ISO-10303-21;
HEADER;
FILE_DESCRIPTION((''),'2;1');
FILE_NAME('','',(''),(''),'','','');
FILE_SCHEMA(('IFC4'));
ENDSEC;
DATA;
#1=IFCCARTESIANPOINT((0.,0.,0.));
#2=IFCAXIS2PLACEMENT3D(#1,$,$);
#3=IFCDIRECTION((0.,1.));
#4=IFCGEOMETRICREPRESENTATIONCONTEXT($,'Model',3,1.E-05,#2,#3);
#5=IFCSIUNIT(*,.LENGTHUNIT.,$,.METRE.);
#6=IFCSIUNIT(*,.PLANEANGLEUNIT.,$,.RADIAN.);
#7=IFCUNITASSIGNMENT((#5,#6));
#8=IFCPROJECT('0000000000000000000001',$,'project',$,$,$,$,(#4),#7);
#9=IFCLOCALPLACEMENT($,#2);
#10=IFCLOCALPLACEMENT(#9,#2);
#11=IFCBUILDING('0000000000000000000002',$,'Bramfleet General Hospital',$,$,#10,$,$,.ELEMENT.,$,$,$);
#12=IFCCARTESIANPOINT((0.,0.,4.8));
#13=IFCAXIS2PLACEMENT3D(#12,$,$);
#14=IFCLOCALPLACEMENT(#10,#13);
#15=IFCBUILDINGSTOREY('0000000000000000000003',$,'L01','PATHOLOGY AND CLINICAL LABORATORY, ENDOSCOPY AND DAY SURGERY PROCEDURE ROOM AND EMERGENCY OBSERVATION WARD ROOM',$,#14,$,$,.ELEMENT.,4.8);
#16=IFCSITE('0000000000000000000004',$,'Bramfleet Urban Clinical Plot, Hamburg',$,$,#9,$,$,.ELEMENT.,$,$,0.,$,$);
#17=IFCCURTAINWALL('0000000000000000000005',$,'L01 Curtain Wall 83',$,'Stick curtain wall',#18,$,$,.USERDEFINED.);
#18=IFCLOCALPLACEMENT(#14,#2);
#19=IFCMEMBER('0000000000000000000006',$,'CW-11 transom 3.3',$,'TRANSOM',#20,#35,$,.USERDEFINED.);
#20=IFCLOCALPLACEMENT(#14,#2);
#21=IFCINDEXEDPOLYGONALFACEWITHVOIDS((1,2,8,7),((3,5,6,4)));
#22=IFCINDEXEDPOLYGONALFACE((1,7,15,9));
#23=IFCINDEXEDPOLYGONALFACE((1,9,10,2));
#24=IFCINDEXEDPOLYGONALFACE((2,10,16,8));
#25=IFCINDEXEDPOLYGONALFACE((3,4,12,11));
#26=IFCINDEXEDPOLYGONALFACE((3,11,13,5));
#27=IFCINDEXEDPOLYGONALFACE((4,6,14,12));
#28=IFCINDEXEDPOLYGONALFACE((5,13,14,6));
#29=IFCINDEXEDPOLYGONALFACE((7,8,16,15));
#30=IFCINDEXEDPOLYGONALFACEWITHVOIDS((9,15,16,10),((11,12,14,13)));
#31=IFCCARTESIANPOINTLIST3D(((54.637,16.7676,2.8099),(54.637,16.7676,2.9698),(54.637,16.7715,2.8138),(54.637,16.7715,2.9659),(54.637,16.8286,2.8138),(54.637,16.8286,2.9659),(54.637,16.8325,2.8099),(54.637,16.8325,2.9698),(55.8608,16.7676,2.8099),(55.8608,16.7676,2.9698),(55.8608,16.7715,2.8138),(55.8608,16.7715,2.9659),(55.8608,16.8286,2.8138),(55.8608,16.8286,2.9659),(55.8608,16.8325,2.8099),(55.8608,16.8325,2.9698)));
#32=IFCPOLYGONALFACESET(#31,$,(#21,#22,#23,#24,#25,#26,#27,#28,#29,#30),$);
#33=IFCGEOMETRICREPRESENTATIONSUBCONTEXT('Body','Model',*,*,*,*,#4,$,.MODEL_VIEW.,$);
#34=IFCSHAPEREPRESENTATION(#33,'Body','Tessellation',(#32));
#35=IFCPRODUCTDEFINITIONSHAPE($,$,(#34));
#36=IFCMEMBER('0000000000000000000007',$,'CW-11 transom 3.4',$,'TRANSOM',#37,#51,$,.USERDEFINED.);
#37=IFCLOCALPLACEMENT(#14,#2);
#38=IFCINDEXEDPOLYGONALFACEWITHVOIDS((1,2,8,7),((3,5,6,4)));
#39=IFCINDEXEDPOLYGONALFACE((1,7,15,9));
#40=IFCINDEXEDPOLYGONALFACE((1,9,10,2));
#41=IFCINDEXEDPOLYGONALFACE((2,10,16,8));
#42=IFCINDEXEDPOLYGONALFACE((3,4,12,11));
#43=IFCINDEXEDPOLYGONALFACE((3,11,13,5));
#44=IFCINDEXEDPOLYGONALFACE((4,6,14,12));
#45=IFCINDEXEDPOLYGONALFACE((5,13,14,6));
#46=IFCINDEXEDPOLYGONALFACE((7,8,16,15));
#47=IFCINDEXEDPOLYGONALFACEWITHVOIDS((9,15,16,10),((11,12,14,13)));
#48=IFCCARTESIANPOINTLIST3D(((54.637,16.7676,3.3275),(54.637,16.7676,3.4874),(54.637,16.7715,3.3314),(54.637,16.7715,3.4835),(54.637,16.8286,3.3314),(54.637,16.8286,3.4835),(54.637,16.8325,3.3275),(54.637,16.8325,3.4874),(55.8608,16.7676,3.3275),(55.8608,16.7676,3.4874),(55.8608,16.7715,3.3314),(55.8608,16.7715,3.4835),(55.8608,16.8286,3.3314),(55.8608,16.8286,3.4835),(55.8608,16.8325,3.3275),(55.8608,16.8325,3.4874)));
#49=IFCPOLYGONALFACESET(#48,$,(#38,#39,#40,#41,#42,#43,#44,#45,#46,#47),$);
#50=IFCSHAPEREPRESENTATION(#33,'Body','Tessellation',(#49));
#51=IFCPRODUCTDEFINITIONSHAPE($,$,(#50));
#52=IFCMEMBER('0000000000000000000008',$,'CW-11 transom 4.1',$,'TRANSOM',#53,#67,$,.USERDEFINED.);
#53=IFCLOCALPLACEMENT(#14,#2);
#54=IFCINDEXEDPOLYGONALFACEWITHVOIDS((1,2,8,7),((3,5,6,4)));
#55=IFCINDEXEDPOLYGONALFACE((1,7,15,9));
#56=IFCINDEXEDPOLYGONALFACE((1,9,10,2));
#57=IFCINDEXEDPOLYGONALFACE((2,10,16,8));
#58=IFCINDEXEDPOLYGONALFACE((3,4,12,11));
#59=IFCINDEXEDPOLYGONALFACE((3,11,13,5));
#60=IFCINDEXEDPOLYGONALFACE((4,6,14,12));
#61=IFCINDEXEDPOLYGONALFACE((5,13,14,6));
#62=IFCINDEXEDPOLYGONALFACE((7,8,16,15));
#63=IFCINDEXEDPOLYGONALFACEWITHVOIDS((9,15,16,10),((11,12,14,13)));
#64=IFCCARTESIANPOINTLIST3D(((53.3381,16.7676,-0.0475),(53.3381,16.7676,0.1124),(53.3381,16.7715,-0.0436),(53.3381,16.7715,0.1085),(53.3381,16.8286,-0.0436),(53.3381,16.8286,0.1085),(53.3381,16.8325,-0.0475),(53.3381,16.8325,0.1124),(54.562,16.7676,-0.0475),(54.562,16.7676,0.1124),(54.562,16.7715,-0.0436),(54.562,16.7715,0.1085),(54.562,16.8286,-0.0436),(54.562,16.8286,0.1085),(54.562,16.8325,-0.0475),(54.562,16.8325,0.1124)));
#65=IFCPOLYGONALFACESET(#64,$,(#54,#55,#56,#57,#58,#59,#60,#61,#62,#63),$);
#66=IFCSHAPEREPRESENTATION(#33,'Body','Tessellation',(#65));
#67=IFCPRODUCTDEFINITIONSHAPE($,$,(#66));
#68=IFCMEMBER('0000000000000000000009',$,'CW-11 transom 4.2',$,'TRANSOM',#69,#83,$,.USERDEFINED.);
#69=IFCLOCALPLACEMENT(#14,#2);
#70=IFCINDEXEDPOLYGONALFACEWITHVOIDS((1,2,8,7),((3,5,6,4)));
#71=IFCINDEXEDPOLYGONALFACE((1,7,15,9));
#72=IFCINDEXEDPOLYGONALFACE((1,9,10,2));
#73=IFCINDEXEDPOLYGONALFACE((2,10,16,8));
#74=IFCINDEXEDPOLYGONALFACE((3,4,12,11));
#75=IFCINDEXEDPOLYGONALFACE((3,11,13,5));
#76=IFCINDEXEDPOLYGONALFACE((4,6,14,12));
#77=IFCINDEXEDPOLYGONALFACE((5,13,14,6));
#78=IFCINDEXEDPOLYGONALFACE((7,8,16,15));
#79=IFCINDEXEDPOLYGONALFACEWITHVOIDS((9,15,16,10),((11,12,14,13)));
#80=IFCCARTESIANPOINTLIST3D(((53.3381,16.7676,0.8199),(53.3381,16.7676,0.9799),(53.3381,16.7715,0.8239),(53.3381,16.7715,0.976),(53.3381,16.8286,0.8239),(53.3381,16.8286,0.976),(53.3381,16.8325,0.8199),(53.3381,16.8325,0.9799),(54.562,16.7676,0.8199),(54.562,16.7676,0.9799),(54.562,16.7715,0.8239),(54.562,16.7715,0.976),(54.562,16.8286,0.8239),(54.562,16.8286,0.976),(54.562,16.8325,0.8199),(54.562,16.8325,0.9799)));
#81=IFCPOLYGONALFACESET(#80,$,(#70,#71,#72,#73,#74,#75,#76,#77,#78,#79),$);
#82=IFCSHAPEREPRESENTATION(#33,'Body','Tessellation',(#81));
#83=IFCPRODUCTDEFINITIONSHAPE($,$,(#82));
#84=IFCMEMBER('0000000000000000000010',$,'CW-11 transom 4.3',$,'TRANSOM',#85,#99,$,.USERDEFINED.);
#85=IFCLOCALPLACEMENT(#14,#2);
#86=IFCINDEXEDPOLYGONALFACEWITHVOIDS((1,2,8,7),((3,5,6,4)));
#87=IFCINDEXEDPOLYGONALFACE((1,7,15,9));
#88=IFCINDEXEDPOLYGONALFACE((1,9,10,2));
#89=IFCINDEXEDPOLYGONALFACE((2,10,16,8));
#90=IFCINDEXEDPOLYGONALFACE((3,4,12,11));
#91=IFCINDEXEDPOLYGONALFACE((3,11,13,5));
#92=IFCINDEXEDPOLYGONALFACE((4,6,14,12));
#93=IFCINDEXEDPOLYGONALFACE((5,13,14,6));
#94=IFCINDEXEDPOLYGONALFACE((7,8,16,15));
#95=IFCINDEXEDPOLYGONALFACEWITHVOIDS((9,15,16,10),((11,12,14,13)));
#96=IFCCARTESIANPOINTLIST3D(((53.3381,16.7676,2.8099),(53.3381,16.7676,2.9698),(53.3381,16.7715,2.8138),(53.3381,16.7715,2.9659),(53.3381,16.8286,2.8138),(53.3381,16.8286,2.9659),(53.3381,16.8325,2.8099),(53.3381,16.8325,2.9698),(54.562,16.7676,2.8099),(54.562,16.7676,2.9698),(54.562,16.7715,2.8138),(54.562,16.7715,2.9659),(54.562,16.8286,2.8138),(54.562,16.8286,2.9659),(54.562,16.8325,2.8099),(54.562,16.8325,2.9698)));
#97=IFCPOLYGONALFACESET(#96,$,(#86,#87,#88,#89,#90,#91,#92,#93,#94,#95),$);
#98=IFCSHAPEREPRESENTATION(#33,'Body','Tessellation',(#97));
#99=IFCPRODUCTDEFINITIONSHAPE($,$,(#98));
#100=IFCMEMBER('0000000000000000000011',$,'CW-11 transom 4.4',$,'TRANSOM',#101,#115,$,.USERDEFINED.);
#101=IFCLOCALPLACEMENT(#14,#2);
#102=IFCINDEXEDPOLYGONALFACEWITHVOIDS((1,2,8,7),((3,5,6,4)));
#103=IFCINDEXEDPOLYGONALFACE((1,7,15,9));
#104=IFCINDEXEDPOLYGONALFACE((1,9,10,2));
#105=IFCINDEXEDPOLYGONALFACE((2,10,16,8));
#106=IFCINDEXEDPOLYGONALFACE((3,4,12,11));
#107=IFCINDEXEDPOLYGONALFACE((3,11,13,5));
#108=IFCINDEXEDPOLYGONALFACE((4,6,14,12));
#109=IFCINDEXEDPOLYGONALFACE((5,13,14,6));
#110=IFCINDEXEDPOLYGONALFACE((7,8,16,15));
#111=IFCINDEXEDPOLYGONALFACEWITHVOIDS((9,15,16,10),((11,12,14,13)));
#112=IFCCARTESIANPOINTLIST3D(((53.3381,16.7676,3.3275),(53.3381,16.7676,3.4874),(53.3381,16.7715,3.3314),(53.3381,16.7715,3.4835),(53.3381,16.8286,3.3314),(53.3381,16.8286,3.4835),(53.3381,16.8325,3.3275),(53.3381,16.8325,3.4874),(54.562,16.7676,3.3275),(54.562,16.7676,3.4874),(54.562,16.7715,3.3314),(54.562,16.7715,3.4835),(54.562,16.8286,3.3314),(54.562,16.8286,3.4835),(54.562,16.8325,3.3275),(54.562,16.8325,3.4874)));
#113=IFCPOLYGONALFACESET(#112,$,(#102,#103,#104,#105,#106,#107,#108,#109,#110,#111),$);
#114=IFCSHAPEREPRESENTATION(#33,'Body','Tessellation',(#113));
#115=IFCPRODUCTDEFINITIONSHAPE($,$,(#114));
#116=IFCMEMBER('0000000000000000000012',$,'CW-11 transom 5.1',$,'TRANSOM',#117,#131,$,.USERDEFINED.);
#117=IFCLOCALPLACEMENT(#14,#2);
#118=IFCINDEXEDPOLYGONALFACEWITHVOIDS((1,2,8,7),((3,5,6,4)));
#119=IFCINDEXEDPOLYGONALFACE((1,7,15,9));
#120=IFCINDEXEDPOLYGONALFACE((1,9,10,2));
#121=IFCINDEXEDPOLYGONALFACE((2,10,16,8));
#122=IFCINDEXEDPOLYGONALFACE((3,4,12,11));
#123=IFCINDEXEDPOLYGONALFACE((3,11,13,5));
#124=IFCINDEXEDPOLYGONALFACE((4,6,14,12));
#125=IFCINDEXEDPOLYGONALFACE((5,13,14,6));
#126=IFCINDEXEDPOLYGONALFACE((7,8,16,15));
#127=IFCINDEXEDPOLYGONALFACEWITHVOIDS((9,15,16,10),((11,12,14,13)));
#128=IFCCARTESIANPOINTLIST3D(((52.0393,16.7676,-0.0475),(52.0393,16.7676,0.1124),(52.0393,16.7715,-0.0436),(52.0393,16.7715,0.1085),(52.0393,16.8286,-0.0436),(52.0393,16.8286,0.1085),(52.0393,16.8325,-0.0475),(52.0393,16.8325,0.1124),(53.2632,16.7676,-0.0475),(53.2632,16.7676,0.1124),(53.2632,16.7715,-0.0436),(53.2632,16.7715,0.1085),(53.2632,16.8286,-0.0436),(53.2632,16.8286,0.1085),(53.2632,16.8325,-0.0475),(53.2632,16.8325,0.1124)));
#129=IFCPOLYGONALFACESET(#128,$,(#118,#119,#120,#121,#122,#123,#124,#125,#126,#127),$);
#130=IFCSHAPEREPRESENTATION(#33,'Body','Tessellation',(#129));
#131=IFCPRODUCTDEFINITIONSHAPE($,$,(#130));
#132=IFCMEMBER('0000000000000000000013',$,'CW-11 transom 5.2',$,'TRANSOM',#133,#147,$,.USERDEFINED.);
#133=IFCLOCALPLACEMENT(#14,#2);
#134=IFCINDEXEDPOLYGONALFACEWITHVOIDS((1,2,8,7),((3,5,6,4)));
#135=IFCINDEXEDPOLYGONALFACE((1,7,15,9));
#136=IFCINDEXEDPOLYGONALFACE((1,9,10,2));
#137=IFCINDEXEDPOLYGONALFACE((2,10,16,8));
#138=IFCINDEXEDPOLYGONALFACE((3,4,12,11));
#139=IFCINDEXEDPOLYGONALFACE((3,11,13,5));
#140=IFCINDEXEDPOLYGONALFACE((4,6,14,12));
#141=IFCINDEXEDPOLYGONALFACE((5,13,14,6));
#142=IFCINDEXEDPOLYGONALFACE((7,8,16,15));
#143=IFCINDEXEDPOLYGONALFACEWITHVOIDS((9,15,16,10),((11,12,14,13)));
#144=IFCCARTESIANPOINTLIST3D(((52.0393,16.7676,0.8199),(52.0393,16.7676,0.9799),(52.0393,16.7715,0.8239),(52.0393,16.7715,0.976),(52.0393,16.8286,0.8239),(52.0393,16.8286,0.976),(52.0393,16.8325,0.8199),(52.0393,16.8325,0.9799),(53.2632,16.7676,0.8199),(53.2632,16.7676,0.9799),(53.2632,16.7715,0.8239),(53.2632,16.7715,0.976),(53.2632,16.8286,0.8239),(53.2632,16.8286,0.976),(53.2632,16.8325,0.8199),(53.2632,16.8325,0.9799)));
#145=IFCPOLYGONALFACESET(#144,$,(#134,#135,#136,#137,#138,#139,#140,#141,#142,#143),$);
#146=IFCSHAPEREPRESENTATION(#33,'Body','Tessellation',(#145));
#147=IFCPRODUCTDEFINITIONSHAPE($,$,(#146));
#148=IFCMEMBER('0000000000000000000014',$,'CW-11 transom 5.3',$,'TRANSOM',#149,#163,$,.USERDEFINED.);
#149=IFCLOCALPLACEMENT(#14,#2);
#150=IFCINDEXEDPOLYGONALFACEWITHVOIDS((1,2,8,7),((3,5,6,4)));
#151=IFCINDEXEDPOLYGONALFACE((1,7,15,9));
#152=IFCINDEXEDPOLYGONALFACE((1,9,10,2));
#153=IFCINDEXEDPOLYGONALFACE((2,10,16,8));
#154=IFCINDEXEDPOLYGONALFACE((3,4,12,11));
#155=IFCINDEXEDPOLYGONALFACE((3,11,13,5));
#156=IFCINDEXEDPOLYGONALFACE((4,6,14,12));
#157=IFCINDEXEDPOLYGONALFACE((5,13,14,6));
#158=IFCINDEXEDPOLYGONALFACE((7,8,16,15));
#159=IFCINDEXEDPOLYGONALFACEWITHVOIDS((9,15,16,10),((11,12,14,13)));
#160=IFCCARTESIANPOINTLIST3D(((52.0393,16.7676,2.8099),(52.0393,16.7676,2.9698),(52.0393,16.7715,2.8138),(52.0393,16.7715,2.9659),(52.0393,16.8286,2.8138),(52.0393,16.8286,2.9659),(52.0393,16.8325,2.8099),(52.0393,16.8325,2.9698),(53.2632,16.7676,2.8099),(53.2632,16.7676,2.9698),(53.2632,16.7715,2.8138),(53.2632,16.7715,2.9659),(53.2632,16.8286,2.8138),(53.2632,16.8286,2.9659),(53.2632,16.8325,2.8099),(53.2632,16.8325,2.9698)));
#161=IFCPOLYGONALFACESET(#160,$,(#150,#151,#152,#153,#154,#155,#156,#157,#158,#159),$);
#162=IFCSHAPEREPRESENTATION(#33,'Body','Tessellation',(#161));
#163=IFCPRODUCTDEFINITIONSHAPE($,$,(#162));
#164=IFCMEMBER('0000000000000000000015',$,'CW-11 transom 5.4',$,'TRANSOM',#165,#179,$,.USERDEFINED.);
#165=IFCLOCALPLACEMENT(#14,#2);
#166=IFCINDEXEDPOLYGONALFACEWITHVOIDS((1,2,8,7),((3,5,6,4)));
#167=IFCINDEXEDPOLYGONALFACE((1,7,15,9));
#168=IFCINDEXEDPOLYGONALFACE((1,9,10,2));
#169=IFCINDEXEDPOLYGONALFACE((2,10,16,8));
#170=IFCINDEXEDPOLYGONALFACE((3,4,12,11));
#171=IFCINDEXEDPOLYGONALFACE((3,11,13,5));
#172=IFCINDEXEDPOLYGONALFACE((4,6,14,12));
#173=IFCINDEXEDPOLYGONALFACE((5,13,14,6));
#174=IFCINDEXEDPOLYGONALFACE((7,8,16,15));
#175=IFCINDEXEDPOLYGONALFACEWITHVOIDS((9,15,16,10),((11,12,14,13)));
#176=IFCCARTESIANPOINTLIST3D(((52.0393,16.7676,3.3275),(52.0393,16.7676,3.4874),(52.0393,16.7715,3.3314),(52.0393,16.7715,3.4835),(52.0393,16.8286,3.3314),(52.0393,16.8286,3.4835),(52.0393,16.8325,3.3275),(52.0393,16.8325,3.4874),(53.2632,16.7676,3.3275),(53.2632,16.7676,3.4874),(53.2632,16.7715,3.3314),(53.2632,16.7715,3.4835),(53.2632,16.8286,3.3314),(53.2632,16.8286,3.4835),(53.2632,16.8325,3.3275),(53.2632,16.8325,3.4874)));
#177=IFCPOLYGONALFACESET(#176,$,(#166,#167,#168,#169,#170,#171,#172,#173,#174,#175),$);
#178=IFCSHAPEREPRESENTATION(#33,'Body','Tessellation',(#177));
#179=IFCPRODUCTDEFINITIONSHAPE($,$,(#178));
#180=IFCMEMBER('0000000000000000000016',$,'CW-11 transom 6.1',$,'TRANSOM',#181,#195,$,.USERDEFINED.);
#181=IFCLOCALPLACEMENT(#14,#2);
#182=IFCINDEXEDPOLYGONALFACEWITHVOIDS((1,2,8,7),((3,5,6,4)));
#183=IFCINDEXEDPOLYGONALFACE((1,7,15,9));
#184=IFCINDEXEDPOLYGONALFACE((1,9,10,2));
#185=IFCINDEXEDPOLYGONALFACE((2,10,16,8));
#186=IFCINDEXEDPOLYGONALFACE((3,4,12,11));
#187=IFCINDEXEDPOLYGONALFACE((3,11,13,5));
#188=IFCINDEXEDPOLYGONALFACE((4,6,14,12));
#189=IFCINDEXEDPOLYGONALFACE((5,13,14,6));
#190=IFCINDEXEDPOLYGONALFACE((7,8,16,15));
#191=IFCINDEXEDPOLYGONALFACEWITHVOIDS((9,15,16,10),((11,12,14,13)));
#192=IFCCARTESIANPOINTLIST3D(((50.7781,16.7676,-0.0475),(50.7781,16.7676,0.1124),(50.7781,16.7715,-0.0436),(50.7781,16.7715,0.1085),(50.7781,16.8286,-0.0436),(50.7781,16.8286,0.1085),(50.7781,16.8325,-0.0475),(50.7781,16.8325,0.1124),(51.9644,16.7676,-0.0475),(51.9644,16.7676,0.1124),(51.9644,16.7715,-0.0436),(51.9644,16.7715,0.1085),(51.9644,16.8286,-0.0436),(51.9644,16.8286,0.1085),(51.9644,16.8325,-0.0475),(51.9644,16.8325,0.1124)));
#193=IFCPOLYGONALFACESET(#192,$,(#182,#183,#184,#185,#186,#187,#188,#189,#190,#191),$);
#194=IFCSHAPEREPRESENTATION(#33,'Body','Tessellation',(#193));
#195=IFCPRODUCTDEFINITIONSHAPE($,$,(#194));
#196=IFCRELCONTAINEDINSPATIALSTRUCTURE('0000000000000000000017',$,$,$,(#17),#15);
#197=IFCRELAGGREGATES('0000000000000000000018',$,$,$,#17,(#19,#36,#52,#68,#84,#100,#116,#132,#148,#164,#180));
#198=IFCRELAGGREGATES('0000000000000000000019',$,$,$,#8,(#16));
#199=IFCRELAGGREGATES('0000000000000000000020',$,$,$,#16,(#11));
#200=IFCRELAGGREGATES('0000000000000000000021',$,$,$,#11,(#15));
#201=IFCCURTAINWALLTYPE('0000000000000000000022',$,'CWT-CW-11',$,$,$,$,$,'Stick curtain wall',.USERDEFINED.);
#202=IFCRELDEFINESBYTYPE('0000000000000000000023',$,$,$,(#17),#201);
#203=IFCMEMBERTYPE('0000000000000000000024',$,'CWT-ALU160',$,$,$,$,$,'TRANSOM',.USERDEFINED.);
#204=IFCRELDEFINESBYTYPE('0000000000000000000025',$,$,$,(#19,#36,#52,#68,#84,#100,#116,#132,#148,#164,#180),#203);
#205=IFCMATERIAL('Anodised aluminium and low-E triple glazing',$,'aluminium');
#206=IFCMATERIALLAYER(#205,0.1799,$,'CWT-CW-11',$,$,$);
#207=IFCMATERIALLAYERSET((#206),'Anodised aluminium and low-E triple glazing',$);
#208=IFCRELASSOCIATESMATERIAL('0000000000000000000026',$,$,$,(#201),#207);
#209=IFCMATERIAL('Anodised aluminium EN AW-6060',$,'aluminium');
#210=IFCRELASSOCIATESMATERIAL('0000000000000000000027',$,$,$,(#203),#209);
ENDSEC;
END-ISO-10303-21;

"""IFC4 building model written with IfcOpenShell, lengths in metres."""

from ifc_helpers import new_model, si_unit, direction, frame, origin, origin_2d, place, context, subcontext, project, spatial, hollow_rectangle, extrude, material, layer, layer_set, material_profile, profile_set, type_object, element, aggregate, save


model = new_model("IFC4")

# Units and contexts
model_context = context("Model", 3, precision=1e-05, world=origin(), true_north=direction((0.0, 1.0)))
body_context = subcontext(model_context, "Body", "Model", "MODEL_VIEW")
ifc_project = project(units=[si_unit("LENGTHUNIT", "METRE"), si_unit("PLANEANGLEUNIT", "RADIAN")], contexts=[model_context])

# Site, building, storey
site_placement = place(None, origin())
site = spatial("IfcSite", under=ifc_project, at=site_placement, Name="Bramfleet Urban Clinical Plot, Hamburg", CompositionType="ELEMENT", RefElevation=0.0)
building_placement = place(site_placement, origin())
building = spatial("IfcBuilding", under=site, at=building_placement, Name="Bramfleet General Hospital", CompositionType="ELEMENT")
storey_placement = place(building_placement, frame((0.0, 0.0, 4.8)))
storey = spatial("IfcBuildingStorey", under=building, at=storey_placement, Name="L01", Description="PATHOLOGY AND CLINICAL LABORATORY, ENDOSCOPY AND DAY SURGERY PROCEDURE ROOM AND EMERGENCY OBSERVATION WARD ROOM", CompositionType="ELEMENT", Elevation=4.8)

# Curtain wall, members
ifc_material_1 = material(Name="Anodised aluminium and low-E triple glazing", Category="aluminium")
ifc_layer_1 = layer(ifc_material_1, 0.1799, Name="CWT-CW-11")
ifc_layer_set_1 = layer_set([ifc_layer_1], Name="Anodised aluminium and low-E triple glazing")
curtain_wall_type = type_object("IfcCurtainWallType", Name="CWT-CW-11", ElementType="Stick curtain wall", PredefinedType="USERDEFINED", material=ifc_layer_set_1)
curtain_wall_placement = place(storey_placement, origin())
curtain_wall = element("IfcCurtainWall", 1, at=curtain_wall_placement, inside=storey, type_object=curtain_wall_type, Name="L01 Curtain Wall 83", ObjectType="Stick curtain wall", PredefinedType="USERDEFINED")
ifc_material_2 = material(Name="Anodised aluminium EN AW-6060", Category="aluminium")
ifc_material_profile_1 = material_profile(ifc_material_2, hollow_rectangle(XDim=0.0649, YDim=0.1599, WallThickness=0.0039, at=origin_2d()), Name="ALU 160x65x4.0")
ifc_profile_set_1 = profile_set([ifc_material_profile_1], Name="Anodised aluminium EN AW-6060")
member_type_1 = type_object("IfcMemberType", Name="CWT-ALU160", ElementType="TRANSOM", PredefinedType="USERDEFINED", material=ifc_profile_set_1)
member_1_placement = place(storey_placement, frame((55.8608, 16.8, 2.8899), z_axis=(-1.0, 0.0, 0.0), x_axis=(0.0, -1.0, 0.0)))
member_1 = element("IfcMember", 2, at=member_1_placement, type_object=member_type_1, Name="CW-11 transom 3.3", ObjectType="TRANSOM", PredefinedType="USERDEFINED", context=body_context, shape_type="SweptSolid", body=[
    extrude(hollow_rectangle(XDim=0.0649, YDim=0.1599, WallThickness=0.0039, at=origin_2d()), origin(), (0.0, 0.0, 1.0), 1.2239),
])
member_2_placement = place(storey_placement, frame((55.8608, 16.8, 3.4075), z_axis=(-1.0, 0.0, 0.0), x_axis=(0.0, -1.0, 0.0)))
member_2 = element("IfcMember", 3, at=member_2_placement, type_object=member_type_1, Name="CW-11 transom 3.4", ObjectType="TRANSOM", PredefinedType="USERDEFINED", context=body_context, shape_type="SweptSolid", body=[
    extrude(hollow_rectangle(XDim=0.0649, YDim=0.1599, WallThickness=0.0039, at=origin_2d()), origin(), (0.0, 0.0, 1.0), 1.2239),
])
member_3_placement = place(storey_placement, frame((54.562, 16.8, 0.0325), z_axis=(-1.0, 0.0, 0.0), x_axis=(0.0, -1.0, 0.0)))
member_3 = element("IfcMember", 4, at=member_3_placement, type_object=member_type_1, Name="CW-11 transom 4.1", ObjectType="TRANSOM", PredefinedType="USERDEFINED", context=body_context, shape_type="SweptSolid", body=[
    extrude(hollow_rectangle(XDim=0.0649, YDim=0.1599, WallThickness=0.0039, at=origin_2d()), origin(), (0.0, 0.0, 1.0), 1.2239),
])
member_4_placement = place(storey_placement, frame((54.562, 16.8, 0.8999), z_axis=(-1.0, 0.0, 0.0), x_axis=(0.0, -1.0, 0.0)))
member_4 = element("IfcMember", 5, at=member_4_placement, type_object=member_type_1, Name="CW-11 transom 4.2", ObjectType="TRANSOM", PredefinedType="USERDEFINED", context=body_context, shape_type="SweptSolid", body=[
    extrude(hollow_rectangle(XDim=0.0649, YDim=0.1599, WallThickness=0.0039, at=origin_2d()), origin(), (0.0, 0.0, 1.0), 1.2239),
])
member_5_placement = place(storey_placement, frame((54.562, 16.8, 2.8899), z_axis=(-1.0, 0.0, 0.0), x_axis=(0.0, -1.0, 0.0)))
member_5 = element("IfcMember", 6, at=member_5_placement, type_object=member_type_1, Name="CW-11 transom 4.3", ObjectType="TRANSOM", PredefinedType="USERDEFINED", context=body_context, shape_type="SweptSolid", body=[
    extrude(hollow_rectangle(XDim=0.0649, YDim=0.1599, WallThickness=0.0039, at=origin_2d()), origin(), (0.0, 0.0, 1.0), 1.2239),
])
member_6_placement = place(storey_placement, frame((54.562, 16.8, 3.4075), z_axis=(-1.0, 0.0, 0.0), x_axis=(0.0, -1.0, 0.0)))
member_6 = element("IfcMember", 7, at=member_6_placement, type_object=member_type_1, Name="CW-11 transom 4.4", ObjectType="TRANSOM", PredefinedType="USERDEFINED", context=body_context, shape_type="SweptSolid", body=[
    extrude(hollow_rectangle(XDim=0.0649, YDim=0.1599, WallThickness=0.0039, at=origin_2d()), origin(), (0.0, 0.0, 1.0), 1.2239),
])
member_7_placement = place(storey_placement, frame((53.2632, 16.8, 0.0325), z_axis=(-1.0, 0.0, 0.0), x_axis=(0.0, -1.0, 0.0)))
member_7 = element("IfcMember", 8, at=member_7_placement, type_object=member_type_1, Name="CW-11 transom 5.1", ObjectType="TRANSOM", PredefinedType="USERDEFINED", context=body_context, shape_type="SweptSolid", body=[
    extrude(hollow_rectangle(XDim=0.0649, YDim=0.1599, WallThickness=0.0039, at=origin_2d()), origin(), (0.0, 0.0, 1.0), 1.2239),
])
member_8_placement = place(storey_placement, frame((53.2632, 16.8, 0.8999), z_axis=(-1.0, 0.0, 0.0), x_axis=(0.0, -1.0, 0.0)))
member_8 = element("IfcMember", 9, at=member_8_placement, type_object=member_type_1, Name="CW-11 transom 5.2", ObjectType="TRANSOM", PredefinedType="USERDEFINED", context=body_context, shape_type="SweptSolid", body=[
    extrude(hollow_rectangle(XDim=0.0649, YDim=0.1599, WallThickness=0.0039, at=origin_2d()), origin(), (0.0, 0.0, 1.0), 1.2239),
])
member_9_placement = place(storey_placement, frame((53.2632, 16.8, 2.8899), z_axis=(-1.0, 0.0, 0.0), x_axis=(0.0, -1.0, 0.0)))
member_9 = element("IfcMember", 10, at=member_9_placement, type_object=member_type_1, Name="CW-11 transom 5.3", ObjectType="TRANSOM", PredefinedType="USERDEFINED", context=body_context, shape_type="SweptSolid", body=[
    extrude(hollow_rectangle(XDim=0.0649, YDim=0.1599, WallThickness=0.0039, at=origin_2d()), origin(), (0.0, 0.0, 1.0), 1.2239),
])
member_10_placement = place(storey_placement, frame((53.2632, 16.8, 3.4075), z_axis=(-1.0, 0.0, 0.0), x_axis=(0.0, -1.0, 0.0)))
member_10 = element("IfcMember", 11, at=member_10_placement, type_object=member_type_1, Name="CW-11 transom 5.4", ObjectType="TRANSOM", PredefinedType="USERDEFINED", context=body_context, shape_type="SweptSolid", body=[
    extrude(hollow_rectangle(XDim=0.0649, YDim=0.1599, WallThickness=0.0039, at=origin_2d()), origin(), (0.0, 0.0, 1.0), 1.2239),
])
member_11_placement = place(storey_placement, frame((51.9644, 16.8, 0.0325), z_axis=(-1.0, 0.0, 0.0), x_axis=(0.0, -1.0, 0.0)))
member_11 = element("IfcMember", 12, at=member_11_placement, type_object=member_type_1, Name="CW-11 transom 6.1", ObjectType="TRANSOM", PredefinedType="USERDEFINED", context=body_context, shape_type="SweptSolid", body=[
    extrude(hollow_rectangle(XDim=0.0649, YDim=0.1599, WallThickness=0.0039, at=origin_2d()), origin(), (0.0, 0.0, 1.0), 1.1863),
])
aggregate(curtain_wall, [member_1, member_2, member_3, member_4, member_5, member_6, member_7, member_8, member_9, member_10, member_11])

save(model, "model.ifc")
